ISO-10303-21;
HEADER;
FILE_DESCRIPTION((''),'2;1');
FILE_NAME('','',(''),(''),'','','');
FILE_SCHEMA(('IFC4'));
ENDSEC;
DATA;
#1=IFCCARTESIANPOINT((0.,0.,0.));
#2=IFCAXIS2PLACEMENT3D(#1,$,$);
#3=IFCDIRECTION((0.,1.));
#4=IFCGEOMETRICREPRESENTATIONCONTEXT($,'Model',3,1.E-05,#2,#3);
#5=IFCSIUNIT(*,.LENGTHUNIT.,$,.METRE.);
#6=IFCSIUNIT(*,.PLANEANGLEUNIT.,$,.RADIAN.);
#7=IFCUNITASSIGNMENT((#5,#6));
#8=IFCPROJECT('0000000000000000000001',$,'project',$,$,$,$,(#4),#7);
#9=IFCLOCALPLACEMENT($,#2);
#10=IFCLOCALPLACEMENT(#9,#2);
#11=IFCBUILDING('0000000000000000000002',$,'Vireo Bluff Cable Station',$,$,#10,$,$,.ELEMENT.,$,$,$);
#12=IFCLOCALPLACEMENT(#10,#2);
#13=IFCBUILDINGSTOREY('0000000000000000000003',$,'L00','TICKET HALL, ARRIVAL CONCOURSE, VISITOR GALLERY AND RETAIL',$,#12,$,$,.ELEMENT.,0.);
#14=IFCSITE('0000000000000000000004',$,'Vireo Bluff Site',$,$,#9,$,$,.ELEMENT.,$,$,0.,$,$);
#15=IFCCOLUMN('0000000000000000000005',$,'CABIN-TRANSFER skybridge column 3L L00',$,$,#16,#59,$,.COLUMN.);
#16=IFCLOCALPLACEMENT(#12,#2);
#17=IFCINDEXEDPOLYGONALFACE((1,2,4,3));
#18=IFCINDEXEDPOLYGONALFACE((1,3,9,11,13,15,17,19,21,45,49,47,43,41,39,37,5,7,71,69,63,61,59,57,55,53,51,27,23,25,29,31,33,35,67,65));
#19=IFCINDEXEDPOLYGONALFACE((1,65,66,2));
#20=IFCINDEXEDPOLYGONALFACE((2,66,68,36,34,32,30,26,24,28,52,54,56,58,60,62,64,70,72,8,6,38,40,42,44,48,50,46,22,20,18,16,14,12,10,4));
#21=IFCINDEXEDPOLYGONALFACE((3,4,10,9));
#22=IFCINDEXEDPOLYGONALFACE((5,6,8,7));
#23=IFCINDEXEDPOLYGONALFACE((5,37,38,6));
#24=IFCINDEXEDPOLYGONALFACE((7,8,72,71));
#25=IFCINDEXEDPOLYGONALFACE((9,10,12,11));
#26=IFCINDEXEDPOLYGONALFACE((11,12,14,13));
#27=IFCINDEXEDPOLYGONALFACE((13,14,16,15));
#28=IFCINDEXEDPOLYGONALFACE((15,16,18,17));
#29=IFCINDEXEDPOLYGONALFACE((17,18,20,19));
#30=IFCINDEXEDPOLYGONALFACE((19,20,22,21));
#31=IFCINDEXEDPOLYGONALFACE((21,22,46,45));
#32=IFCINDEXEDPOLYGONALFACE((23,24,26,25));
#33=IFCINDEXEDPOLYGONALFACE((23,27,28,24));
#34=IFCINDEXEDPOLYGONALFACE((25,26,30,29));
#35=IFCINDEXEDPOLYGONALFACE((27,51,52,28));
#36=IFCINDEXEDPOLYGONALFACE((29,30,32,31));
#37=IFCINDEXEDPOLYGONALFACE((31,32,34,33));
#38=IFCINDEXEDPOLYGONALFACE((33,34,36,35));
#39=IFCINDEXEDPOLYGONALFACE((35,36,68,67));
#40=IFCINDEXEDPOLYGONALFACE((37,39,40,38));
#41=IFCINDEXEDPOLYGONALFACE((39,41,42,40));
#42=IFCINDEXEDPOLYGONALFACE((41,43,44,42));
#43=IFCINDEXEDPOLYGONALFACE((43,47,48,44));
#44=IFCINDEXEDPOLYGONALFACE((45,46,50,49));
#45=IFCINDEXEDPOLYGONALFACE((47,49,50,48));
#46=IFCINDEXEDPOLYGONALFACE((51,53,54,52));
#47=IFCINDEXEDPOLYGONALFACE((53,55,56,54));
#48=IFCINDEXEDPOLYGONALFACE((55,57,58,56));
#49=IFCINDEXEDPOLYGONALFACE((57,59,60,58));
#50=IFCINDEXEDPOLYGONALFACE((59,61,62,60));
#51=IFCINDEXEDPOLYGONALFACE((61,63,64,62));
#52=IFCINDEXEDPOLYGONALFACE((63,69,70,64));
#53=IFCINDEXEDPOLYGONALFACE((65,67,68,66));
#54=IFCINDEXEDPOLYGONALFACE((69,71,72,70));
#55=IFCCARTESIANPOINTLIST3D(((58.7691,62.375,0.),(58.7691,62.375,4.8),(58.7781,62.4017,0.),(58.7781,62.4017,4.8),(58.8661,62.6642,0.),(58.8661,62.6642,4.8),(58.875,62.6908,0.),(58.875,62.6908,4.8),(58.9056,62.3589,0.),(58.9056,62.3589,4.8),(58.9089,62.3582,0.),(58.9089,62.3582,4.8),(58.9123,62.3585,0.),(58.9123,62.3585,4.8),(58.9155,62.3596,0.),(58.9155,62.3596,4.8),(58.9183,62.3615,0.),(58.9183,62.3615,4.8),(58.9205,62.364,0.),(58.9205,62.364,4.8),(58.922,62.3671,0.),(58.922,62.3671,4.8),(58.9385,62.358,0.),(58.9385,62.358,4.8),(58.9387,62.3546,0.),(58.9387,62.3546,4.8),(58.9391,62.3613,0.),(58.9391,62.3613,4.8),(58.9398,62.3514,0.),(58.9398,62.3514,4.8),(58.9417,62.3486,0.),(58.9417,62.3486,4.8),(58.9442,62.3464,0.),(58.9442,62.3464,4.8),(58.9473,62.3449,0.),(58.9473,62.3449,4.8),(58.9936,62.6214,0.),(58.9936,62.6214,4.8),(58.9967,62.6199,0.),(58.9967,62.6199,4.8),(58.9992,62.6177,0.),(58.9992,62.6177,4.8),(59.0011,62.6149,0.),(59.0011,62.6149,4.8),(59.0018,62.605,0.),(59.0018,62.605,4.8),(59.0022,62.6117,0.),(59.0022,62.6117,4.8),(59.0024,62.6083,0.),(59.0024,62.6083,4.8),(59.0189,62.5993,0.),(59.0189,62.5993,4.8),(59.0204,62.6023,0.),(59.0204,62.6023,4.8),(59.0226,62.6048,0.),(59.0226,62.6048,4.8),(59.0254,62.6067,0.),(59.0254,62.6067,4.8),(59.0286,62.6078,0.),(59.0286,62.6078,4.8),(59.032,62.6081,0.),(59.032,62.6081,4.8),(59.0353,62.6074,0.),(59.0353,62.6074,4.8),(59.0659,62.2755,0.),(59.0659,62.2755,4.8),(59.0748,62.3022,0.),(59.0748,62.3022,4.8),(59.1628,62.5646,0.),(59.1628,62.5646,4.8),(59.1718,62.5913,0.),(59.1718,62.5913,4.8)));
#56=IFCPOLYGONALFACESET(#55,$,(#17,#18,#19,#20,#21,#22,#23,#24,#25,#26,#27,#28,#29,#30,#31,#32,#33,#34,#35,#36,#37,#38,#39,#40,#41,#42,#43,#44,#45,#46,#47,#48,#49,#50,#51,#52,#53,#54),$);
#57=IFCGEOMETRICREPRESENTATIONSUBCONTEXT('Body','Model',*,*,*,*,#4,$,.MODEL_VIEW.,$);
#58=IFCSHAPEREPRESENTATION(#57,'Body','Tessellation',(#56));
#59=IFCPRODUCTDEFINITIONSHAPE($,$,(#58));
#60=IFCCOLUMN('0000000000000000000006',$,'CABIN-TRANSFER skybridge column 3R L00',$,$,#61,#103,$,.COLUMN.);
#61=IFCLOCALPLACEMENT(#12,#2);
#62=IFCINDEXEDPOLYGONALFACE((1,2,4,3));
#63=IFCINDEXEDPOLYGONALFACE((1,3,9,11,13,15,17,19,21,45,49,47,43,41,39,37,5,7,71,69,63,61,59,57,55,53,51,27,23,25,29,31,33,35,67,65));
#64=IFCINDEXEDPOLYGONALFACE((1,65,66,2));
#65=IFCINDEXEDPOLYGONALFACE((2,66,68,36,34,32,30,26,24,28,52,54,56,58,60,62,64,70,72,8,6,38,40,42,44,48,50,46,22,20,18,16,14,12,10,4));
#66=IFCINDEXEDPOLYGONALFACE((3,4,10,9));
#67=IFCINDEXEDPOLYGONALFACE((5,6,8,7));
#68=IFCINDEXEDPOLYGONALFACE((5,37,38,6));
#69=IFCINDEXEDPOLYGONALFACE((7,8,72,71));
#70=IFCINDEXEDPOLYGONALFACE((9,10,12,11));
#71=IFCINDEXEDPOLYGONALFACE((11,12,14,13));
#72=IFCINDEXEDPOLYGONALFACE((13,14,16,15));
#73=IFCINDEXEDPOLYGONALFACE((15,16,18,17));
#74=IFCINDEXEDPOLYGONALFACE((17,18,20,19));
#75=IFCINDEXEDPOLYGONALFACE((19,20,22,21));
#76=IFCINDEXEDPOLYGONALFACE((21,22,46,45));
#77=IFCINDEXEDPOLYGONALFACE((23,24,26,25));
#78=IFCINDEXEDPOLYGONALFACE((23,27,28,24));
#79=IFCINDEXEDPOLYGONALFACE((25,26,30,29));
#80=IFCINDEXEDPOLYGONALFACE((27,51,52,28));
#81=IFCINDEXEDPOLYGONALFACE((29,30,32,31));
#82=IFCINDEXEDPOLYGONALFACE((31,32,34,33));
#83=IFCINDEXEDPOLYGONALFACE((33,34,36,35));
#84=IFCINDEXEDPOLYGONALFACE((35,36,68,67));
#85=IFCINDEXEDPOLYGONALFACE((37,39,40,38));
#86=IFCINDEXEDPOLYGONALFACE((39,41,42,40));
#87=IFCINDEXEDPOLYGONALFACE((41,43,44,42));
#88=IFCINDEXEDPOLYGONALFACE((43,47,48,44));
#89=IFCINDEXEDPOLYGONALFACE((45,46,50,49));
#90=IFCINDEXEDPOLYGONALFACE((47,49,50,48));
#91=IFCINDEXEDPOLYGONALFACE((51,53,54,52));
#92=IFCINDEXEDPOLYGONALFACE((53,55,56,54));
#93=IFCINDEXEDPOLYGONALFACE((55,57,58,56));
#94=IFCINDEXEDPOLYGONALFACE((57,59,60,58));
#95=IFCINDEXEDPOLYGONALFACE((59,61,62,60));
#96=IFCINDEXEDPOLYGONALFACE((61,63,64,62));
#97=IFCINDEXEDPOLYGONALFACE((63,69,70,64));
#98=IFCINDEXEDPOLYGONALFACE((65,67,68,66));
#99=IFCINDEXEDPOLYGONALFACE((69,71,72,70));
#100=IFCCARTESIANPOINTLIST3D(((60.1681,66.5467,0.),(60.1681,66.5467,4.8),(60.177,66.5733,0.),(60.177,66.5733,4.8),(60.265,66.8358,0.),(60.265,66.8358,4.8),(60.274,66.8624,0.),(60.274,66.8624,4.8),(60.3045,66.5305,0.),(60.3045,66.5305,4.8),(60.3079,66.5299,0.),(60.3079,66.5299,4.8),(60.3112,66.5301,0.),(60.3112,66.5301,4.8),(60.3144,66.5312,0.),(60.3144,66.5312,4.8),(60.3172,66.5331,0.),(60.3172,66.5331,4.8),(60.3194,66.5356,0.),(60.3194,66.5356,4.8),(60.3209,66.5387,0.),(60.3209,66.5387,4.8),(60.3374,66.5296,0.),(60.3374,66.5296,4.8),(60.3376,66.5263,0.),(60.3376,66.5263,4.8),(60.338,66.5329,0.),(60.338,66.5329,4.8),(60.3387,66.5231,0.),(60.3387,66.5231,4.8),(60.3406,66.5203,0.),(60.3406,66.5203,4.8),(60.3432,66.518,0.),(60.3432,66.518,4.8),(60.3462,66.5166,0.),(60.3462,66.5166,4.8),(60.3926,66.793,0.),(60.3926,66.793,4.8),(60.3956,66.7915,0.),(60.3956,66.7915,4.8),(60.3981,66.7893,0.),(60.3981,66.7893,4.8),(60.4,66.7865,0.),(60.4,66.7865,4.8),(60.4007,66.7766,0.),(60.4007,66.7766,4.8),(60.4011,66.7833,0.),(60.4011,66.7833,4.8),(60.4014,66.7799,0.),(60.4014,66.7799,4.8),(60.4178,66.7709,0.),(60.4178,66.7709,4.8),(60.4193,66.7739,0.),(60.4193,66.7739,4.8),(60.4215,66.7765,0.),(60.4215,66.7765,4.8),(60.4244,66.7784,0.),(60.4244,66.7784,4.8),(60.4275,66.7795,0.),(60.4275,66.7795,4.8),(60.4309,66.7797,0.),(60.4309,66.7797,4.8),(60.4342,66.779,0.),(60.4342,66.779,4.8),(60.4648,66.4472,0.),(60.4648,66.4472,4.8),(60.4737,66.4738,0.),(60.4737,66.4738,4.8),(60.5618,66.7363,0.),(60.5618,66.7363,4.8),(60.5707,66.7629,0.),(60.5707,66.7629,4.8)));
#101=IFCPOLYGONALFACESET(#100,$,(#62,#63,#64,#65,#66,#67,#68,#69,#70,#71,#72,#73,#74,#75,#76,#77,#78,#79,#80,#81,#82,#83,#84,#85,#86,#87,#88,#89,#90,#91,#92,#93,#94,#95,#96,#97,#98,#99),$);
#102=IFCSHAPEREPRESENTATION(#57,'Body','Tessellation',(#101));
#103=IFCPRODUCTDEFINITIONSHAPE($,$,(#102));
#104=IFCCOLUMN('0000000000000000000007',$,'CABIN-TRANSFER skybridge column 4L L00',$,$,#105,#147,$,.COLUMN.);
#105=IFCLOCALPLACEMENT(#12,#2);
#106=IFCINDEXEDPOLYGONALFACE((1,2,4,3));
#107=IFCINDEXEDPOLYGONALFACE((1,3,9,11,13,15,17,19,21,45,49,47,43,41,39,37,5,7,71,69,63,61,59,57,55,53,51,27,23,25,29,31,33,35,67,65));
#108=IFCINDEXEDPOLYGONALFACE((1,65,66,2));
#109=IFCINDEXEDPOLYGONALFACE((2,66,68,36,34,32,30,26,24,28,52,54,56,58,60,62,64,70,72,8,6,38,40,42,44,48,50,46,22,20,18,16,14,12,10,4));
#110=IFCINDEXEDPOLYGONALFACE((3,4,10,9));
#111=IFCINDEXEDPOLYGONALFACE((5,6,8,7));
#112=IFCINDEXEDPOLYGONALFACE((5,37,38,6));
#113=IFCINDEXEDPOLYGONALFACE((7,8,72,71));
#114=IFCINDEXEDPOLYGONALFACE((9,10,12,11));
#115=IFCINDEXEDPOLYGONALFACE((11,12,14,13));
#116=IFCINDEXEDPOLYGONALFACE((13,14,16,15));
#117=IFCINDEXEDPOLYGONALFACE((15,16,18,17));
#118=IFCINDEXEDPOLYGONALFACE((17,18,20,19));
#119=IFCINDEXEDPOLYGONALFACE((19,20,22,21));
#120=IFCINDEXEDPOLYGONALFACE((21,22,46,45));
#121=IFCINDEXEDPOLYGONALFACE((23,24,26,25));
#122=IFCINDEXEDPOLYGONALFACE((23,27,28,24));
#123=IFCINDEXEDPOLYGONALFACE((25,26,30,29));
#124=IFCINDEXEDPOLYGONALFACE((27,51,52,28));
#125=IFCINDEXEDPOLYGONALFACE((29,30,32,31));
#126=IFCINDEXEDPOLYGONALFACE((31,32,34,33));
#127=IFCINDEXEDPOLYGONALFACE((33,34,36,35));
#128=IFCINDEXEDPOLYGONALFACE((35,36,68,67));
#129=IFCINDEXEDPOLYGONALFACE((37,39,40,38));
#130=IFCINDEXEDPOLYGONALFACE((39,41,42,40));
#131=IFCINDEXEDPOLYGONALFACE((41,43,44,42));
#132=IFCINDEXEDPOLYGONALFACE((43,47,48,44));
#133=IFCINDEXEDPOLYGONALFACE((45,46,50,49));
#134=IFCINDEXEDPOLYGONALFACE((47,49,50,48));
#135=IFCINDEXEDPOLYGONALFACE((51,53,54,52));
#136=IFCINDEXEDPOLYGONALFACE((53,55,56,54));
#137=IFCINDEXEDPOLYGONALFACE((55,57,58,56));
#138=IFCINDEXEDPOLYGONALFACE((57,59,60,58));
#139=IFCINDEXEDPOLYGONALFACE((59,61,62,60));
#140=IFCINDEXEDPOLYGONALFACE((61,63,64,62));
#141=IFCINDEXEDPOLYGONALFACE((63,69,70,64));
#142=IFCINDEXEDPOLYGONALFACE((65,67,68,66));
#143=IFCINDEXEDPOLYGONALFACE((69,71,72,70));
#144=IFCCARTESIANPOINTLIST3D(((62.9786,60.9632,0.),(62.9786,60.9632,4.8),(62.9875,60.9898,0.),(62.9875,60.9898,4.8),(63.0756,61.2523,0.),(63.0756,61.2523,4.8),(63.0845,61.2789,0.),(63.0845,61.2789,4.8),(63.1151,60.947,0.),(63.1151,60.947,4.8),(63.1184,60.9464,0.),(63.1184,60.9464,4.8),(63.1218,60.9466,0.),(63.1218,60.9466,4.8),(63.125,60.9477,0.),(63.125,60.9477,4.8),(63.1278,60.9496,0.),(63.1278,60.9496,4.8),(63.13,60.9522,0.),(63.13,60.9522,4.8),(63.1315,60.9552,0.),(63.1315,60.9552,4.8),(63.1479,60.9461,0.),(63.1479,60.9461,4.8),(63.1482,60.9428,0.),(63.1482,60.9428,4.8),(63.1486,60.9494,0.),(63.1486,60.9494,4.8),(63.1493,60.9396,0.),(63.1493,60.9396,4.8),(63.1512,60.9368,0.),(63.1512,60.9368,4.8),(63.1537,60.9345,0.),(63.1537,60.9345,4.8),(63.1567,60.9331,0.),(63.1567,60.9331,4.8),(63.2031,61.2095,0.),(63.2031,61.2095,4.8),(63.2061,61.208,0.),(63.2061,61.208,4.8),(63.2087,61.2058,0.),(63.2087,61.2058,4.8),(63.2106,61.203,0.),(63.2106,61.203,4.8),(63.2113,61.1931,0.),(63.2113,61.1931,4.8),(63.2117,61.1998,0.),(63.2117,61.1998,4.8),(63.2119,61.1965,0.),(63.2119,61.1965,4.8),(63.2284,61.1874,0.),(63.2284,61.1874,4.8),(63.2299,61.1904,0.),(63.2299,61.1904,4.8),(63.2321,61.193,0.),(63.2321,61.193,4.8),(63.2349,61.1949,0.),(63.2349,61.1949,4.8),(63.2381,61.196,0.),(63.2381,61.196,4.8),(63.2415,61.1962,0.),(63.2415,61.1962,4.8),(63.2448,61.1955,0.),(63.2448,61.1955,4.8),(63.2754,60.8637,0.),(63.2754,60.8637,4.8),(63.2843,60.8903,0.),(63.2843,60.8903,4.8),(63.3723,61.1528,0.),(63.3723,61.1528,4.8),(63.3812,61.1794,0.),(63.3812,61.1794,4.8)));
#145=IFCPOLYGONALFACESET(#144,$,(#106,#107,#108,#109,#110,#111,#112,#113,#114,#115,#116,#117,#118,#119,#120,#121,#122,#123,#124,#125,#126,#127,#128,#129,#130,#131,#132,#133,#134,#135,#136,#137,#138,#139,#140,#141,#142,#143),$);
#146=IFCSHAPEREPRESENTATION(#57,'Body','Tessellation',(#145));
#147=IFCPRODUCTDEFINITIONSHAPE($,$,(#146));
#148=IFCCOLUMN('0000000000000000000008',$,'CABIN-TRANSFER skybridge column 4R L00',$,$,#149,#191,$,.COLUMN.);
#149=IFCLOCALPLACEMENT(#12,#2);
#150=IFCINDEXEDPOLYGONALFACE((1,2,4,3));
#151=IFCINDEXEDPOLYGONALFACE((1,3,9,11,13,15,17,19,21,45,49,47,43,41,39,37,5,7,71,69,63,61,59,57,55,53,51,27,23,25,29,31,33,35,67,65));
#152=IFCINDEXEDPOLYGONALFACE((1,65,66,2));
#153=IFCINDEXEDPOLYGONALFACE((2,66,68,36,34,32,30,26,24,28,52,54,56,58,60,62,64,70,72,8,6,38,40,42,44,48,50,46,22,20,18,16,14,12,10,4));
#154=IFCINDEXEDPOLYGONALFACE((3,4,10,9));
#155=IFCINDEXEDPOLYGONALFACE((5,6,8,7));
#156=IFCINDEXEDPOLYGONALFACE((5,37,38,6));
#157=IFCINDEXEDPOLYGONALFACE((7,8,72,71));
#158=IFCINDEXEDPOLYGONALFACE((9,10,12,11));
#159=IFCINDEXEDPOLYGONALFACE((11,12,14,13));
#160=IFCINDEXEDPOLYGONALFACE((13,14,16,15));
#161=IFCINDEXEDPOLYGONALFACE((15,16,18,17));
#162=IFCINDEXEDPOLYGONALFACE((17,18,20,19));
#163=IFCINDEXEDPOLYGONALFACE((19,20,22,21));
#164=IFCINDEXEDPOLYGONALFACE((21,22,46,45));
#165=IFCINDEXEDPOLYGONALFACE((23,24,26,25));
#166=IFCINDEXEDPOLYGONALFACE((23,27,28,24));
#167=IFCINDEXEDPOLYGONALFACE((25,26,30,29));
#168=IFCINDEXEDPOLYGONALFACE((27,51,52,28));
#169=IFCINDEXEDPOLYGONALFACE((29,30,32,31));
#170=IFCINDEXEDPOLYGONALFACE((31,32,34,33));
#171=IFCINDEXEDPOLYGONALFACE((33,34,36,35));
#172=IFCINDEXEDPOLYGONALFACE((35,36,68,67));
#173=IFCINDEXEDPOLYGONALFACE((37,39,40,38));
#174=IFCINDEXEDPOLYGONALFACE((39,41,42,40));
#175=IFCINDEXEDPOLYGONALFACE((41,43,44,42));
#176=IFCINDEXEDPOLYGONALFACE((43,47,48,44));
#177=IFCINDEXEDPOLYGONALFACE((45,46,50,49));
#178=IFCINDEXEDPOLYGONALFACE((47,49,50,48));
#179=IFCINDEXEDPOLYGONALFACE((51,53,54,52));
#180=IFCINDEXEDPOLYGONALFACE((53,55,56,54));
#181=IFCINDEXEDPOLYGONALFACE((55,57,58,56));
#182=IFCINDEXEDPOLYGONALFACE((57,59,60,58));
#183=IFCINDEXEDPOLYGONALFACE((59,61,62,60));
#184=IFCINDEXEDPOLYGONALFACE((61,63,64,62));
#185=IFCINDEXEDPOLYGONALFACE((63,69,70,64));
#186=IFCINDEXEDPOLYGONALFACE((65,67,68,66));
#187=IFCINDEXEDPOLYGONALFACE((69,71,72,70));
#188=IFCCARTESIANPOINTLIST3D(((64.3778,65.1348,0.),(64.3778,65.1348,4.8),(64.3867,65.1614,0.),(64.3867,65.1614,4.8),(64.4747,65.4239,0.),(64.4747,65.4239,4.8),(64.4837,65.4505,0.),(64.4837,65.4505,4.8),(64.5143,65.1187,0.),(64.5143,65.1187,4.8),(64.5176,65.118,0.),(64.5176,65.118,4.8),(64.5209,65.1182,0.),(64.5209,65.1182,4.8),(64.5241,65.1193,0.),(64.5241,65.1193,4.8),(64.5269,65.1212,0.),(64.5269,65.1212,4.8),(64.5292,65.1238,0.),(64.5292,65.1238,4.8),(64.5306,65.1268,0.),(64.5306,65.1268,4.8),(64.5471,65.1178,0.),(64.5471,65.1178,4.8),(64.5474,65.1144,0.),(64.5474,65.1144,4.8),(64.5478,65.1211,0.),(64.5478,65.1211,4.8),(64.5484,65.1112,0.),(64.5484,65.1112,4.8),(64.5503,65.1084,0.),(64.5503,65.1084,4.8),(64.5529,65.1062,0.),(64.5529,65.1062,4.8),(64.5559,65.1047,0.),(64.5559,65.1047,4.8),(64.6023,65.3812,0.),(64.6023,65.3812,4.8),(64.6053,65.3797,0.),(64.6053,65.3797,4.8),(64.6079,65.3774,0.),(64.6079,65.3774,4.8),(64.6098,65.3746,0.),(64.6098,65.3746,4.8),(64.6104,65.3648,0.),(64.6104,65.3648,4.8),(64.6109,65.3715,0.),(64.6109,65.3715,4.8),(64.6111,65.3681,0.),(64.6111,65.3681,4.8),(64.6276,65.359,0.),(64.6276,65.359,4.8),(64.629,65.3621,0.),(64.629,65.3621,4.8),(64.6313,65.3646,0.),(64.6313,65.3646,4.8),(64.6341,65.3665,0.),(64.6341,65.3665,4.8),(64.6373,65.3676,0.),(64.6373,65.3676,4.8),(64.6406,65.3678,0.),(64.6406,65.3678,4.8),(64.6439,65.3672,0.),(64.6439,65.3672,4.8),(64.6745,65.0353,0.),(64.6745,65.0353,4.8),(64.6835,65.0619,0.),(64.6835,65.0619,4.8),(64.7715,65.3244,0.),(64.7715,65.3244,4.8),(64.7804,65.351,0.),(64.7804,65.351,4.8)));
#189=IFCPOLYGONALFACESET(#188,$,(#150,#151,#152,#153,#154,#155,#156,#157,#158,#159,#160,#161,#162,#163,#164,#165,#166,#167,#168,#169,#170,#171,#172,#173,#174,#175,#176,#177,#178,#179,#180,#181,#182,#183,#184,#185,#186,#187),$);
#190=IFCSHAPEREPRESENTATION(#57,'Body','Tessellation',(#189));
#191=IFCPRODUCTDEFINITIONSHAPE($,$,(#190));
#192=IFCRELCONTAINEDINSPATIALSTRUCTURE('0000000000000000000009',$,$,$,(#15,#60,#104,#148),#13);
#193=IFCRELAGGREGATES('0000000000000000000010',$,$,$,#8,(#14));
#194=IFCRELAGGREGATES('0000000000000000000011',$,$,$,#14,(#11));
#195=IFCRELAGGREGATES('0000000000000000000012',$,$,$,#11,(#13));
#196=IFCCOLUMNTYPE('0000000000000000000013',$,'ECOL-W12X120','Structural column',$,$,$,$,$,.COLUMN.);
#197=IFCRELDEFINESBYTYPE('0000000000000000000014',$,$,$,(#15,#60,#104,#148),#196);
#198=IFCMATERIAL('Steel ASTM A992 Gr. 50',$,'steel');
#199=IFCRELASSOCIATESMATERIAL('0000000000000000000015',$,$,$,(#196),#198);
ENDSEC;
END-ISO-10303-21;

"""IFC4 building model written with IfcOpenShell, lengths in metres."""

from ifc_helpers import new_model, si_unit, direction, frame, origin, origin_2d, place, context, subcontext, project, spatial, i_section, extrude, material, material_profile, profile_set, type_object, element, save


model = new_model("IFC4")

# Units and contexts
model_context = context("Model", 3, precision=1e-05, world=origin(), true_north=direction((0.0, 1.0)))
body_context = subcontext(model_context, "Body", "Model", "MODEL_VIEW")
ifc_project = project(units=[si_unit("LENGTHUNIT", "METRE"), si_unit("PLANEANGLEUNIT", "RADIAN")], contexts=[model_context])

# Site, building, storey
site_placement = place(None, origin())
site = spatial("IfcSite", under=ifc_project, at=site_placement, Name="Vireo Bluff Site", CompositionType="ELEMENT", RefElevation=0.0)
building_placement = place(site_placement, origin())
building = spatial("IfcBuilding", under=site, at=building_placement, Name="Vireo Bluff Cable Station", CompositionType="ELEMENT")
storey_placement = place(building_placement, origin())
storey = spatial("IfcBuildingStorey", under=building, at=storey_placement, Name="L00", Description="TICKET HALL, ARRIVAL CONCOURSE, VISITOR GALLERY AND RETAIL", CompositionType="ELEMENT", Elevation=0.0)

# Columns
ifc_material_1 = material(Name="Steel ASTM A992 Gr. 50", Category="steel")
ifc_material_profile_1 = material_profile(ifc_material_1, i_section(OverallWidth=0.313, OverallDepth=0.333, WebThickness=0.0181, FlangeThickness=0.0281, FilletRadius=0.0129, at=origin_2d()), Name="W12X120")
ifc_profile_set_1 = profile_set([ifc_material_profile_1], Name="Steel ASTM A992 Gr. 50")
column_type_1 = type_object("IfcColumnType", Name="ECOL-W12X120", Description="Structural column", PredefinedType="COLUMN", material=ifc_profile_set_1)
for number, where, z_axis, x_axis, name in (
    (1, (58.9705, 62.4832, 0.0), (0.0, 0.0, 1.0), (0.948105, -0.317958, 0.0), "CABIN-TRANSFER skybridge column 3L L00"),
    (2, (60.3694, 66.6548, 0.0), (0.0, 0.0, 1.0), (0.948105, -0.317958, 0.0), "CABIN-TRANSFER skybridge column 3R L00"),
    (3, (63.1799, 61.0713, 0.0), (0.0, 0.0, 1.0), (0.948105, -0.317958, 0.0), "CABIN-TRANSFER skybridge column 4L L00"),
    (4, (64.5791, 65.2429, 0.0), (0.0, 0.0, 1.0), (0.948105, -0.317958, 0.0), "CABIN-TRANSFER skybridge column 4R L00"),
):
    element("IfcColumn", number, at=place(storey_placement, frame(where, z_axis=z_axis, x_axis=x_axis)), inside=storey, type_object=column_type_1, Name=name, PredefinedType="COLUMN", context=body_context, shape_type="SweptSolid", body=[
        extrude(i_section(OverallWidth=0.313, OverallDepth=0.333, WebThickness=0.0181, FlangeThickness=0.0281, FilletRadius=0.0129, at=origin_2d()), origin(), (0.0, 0.0, 1.0), 4.8),
    ])

save(model, "model.ifc")
